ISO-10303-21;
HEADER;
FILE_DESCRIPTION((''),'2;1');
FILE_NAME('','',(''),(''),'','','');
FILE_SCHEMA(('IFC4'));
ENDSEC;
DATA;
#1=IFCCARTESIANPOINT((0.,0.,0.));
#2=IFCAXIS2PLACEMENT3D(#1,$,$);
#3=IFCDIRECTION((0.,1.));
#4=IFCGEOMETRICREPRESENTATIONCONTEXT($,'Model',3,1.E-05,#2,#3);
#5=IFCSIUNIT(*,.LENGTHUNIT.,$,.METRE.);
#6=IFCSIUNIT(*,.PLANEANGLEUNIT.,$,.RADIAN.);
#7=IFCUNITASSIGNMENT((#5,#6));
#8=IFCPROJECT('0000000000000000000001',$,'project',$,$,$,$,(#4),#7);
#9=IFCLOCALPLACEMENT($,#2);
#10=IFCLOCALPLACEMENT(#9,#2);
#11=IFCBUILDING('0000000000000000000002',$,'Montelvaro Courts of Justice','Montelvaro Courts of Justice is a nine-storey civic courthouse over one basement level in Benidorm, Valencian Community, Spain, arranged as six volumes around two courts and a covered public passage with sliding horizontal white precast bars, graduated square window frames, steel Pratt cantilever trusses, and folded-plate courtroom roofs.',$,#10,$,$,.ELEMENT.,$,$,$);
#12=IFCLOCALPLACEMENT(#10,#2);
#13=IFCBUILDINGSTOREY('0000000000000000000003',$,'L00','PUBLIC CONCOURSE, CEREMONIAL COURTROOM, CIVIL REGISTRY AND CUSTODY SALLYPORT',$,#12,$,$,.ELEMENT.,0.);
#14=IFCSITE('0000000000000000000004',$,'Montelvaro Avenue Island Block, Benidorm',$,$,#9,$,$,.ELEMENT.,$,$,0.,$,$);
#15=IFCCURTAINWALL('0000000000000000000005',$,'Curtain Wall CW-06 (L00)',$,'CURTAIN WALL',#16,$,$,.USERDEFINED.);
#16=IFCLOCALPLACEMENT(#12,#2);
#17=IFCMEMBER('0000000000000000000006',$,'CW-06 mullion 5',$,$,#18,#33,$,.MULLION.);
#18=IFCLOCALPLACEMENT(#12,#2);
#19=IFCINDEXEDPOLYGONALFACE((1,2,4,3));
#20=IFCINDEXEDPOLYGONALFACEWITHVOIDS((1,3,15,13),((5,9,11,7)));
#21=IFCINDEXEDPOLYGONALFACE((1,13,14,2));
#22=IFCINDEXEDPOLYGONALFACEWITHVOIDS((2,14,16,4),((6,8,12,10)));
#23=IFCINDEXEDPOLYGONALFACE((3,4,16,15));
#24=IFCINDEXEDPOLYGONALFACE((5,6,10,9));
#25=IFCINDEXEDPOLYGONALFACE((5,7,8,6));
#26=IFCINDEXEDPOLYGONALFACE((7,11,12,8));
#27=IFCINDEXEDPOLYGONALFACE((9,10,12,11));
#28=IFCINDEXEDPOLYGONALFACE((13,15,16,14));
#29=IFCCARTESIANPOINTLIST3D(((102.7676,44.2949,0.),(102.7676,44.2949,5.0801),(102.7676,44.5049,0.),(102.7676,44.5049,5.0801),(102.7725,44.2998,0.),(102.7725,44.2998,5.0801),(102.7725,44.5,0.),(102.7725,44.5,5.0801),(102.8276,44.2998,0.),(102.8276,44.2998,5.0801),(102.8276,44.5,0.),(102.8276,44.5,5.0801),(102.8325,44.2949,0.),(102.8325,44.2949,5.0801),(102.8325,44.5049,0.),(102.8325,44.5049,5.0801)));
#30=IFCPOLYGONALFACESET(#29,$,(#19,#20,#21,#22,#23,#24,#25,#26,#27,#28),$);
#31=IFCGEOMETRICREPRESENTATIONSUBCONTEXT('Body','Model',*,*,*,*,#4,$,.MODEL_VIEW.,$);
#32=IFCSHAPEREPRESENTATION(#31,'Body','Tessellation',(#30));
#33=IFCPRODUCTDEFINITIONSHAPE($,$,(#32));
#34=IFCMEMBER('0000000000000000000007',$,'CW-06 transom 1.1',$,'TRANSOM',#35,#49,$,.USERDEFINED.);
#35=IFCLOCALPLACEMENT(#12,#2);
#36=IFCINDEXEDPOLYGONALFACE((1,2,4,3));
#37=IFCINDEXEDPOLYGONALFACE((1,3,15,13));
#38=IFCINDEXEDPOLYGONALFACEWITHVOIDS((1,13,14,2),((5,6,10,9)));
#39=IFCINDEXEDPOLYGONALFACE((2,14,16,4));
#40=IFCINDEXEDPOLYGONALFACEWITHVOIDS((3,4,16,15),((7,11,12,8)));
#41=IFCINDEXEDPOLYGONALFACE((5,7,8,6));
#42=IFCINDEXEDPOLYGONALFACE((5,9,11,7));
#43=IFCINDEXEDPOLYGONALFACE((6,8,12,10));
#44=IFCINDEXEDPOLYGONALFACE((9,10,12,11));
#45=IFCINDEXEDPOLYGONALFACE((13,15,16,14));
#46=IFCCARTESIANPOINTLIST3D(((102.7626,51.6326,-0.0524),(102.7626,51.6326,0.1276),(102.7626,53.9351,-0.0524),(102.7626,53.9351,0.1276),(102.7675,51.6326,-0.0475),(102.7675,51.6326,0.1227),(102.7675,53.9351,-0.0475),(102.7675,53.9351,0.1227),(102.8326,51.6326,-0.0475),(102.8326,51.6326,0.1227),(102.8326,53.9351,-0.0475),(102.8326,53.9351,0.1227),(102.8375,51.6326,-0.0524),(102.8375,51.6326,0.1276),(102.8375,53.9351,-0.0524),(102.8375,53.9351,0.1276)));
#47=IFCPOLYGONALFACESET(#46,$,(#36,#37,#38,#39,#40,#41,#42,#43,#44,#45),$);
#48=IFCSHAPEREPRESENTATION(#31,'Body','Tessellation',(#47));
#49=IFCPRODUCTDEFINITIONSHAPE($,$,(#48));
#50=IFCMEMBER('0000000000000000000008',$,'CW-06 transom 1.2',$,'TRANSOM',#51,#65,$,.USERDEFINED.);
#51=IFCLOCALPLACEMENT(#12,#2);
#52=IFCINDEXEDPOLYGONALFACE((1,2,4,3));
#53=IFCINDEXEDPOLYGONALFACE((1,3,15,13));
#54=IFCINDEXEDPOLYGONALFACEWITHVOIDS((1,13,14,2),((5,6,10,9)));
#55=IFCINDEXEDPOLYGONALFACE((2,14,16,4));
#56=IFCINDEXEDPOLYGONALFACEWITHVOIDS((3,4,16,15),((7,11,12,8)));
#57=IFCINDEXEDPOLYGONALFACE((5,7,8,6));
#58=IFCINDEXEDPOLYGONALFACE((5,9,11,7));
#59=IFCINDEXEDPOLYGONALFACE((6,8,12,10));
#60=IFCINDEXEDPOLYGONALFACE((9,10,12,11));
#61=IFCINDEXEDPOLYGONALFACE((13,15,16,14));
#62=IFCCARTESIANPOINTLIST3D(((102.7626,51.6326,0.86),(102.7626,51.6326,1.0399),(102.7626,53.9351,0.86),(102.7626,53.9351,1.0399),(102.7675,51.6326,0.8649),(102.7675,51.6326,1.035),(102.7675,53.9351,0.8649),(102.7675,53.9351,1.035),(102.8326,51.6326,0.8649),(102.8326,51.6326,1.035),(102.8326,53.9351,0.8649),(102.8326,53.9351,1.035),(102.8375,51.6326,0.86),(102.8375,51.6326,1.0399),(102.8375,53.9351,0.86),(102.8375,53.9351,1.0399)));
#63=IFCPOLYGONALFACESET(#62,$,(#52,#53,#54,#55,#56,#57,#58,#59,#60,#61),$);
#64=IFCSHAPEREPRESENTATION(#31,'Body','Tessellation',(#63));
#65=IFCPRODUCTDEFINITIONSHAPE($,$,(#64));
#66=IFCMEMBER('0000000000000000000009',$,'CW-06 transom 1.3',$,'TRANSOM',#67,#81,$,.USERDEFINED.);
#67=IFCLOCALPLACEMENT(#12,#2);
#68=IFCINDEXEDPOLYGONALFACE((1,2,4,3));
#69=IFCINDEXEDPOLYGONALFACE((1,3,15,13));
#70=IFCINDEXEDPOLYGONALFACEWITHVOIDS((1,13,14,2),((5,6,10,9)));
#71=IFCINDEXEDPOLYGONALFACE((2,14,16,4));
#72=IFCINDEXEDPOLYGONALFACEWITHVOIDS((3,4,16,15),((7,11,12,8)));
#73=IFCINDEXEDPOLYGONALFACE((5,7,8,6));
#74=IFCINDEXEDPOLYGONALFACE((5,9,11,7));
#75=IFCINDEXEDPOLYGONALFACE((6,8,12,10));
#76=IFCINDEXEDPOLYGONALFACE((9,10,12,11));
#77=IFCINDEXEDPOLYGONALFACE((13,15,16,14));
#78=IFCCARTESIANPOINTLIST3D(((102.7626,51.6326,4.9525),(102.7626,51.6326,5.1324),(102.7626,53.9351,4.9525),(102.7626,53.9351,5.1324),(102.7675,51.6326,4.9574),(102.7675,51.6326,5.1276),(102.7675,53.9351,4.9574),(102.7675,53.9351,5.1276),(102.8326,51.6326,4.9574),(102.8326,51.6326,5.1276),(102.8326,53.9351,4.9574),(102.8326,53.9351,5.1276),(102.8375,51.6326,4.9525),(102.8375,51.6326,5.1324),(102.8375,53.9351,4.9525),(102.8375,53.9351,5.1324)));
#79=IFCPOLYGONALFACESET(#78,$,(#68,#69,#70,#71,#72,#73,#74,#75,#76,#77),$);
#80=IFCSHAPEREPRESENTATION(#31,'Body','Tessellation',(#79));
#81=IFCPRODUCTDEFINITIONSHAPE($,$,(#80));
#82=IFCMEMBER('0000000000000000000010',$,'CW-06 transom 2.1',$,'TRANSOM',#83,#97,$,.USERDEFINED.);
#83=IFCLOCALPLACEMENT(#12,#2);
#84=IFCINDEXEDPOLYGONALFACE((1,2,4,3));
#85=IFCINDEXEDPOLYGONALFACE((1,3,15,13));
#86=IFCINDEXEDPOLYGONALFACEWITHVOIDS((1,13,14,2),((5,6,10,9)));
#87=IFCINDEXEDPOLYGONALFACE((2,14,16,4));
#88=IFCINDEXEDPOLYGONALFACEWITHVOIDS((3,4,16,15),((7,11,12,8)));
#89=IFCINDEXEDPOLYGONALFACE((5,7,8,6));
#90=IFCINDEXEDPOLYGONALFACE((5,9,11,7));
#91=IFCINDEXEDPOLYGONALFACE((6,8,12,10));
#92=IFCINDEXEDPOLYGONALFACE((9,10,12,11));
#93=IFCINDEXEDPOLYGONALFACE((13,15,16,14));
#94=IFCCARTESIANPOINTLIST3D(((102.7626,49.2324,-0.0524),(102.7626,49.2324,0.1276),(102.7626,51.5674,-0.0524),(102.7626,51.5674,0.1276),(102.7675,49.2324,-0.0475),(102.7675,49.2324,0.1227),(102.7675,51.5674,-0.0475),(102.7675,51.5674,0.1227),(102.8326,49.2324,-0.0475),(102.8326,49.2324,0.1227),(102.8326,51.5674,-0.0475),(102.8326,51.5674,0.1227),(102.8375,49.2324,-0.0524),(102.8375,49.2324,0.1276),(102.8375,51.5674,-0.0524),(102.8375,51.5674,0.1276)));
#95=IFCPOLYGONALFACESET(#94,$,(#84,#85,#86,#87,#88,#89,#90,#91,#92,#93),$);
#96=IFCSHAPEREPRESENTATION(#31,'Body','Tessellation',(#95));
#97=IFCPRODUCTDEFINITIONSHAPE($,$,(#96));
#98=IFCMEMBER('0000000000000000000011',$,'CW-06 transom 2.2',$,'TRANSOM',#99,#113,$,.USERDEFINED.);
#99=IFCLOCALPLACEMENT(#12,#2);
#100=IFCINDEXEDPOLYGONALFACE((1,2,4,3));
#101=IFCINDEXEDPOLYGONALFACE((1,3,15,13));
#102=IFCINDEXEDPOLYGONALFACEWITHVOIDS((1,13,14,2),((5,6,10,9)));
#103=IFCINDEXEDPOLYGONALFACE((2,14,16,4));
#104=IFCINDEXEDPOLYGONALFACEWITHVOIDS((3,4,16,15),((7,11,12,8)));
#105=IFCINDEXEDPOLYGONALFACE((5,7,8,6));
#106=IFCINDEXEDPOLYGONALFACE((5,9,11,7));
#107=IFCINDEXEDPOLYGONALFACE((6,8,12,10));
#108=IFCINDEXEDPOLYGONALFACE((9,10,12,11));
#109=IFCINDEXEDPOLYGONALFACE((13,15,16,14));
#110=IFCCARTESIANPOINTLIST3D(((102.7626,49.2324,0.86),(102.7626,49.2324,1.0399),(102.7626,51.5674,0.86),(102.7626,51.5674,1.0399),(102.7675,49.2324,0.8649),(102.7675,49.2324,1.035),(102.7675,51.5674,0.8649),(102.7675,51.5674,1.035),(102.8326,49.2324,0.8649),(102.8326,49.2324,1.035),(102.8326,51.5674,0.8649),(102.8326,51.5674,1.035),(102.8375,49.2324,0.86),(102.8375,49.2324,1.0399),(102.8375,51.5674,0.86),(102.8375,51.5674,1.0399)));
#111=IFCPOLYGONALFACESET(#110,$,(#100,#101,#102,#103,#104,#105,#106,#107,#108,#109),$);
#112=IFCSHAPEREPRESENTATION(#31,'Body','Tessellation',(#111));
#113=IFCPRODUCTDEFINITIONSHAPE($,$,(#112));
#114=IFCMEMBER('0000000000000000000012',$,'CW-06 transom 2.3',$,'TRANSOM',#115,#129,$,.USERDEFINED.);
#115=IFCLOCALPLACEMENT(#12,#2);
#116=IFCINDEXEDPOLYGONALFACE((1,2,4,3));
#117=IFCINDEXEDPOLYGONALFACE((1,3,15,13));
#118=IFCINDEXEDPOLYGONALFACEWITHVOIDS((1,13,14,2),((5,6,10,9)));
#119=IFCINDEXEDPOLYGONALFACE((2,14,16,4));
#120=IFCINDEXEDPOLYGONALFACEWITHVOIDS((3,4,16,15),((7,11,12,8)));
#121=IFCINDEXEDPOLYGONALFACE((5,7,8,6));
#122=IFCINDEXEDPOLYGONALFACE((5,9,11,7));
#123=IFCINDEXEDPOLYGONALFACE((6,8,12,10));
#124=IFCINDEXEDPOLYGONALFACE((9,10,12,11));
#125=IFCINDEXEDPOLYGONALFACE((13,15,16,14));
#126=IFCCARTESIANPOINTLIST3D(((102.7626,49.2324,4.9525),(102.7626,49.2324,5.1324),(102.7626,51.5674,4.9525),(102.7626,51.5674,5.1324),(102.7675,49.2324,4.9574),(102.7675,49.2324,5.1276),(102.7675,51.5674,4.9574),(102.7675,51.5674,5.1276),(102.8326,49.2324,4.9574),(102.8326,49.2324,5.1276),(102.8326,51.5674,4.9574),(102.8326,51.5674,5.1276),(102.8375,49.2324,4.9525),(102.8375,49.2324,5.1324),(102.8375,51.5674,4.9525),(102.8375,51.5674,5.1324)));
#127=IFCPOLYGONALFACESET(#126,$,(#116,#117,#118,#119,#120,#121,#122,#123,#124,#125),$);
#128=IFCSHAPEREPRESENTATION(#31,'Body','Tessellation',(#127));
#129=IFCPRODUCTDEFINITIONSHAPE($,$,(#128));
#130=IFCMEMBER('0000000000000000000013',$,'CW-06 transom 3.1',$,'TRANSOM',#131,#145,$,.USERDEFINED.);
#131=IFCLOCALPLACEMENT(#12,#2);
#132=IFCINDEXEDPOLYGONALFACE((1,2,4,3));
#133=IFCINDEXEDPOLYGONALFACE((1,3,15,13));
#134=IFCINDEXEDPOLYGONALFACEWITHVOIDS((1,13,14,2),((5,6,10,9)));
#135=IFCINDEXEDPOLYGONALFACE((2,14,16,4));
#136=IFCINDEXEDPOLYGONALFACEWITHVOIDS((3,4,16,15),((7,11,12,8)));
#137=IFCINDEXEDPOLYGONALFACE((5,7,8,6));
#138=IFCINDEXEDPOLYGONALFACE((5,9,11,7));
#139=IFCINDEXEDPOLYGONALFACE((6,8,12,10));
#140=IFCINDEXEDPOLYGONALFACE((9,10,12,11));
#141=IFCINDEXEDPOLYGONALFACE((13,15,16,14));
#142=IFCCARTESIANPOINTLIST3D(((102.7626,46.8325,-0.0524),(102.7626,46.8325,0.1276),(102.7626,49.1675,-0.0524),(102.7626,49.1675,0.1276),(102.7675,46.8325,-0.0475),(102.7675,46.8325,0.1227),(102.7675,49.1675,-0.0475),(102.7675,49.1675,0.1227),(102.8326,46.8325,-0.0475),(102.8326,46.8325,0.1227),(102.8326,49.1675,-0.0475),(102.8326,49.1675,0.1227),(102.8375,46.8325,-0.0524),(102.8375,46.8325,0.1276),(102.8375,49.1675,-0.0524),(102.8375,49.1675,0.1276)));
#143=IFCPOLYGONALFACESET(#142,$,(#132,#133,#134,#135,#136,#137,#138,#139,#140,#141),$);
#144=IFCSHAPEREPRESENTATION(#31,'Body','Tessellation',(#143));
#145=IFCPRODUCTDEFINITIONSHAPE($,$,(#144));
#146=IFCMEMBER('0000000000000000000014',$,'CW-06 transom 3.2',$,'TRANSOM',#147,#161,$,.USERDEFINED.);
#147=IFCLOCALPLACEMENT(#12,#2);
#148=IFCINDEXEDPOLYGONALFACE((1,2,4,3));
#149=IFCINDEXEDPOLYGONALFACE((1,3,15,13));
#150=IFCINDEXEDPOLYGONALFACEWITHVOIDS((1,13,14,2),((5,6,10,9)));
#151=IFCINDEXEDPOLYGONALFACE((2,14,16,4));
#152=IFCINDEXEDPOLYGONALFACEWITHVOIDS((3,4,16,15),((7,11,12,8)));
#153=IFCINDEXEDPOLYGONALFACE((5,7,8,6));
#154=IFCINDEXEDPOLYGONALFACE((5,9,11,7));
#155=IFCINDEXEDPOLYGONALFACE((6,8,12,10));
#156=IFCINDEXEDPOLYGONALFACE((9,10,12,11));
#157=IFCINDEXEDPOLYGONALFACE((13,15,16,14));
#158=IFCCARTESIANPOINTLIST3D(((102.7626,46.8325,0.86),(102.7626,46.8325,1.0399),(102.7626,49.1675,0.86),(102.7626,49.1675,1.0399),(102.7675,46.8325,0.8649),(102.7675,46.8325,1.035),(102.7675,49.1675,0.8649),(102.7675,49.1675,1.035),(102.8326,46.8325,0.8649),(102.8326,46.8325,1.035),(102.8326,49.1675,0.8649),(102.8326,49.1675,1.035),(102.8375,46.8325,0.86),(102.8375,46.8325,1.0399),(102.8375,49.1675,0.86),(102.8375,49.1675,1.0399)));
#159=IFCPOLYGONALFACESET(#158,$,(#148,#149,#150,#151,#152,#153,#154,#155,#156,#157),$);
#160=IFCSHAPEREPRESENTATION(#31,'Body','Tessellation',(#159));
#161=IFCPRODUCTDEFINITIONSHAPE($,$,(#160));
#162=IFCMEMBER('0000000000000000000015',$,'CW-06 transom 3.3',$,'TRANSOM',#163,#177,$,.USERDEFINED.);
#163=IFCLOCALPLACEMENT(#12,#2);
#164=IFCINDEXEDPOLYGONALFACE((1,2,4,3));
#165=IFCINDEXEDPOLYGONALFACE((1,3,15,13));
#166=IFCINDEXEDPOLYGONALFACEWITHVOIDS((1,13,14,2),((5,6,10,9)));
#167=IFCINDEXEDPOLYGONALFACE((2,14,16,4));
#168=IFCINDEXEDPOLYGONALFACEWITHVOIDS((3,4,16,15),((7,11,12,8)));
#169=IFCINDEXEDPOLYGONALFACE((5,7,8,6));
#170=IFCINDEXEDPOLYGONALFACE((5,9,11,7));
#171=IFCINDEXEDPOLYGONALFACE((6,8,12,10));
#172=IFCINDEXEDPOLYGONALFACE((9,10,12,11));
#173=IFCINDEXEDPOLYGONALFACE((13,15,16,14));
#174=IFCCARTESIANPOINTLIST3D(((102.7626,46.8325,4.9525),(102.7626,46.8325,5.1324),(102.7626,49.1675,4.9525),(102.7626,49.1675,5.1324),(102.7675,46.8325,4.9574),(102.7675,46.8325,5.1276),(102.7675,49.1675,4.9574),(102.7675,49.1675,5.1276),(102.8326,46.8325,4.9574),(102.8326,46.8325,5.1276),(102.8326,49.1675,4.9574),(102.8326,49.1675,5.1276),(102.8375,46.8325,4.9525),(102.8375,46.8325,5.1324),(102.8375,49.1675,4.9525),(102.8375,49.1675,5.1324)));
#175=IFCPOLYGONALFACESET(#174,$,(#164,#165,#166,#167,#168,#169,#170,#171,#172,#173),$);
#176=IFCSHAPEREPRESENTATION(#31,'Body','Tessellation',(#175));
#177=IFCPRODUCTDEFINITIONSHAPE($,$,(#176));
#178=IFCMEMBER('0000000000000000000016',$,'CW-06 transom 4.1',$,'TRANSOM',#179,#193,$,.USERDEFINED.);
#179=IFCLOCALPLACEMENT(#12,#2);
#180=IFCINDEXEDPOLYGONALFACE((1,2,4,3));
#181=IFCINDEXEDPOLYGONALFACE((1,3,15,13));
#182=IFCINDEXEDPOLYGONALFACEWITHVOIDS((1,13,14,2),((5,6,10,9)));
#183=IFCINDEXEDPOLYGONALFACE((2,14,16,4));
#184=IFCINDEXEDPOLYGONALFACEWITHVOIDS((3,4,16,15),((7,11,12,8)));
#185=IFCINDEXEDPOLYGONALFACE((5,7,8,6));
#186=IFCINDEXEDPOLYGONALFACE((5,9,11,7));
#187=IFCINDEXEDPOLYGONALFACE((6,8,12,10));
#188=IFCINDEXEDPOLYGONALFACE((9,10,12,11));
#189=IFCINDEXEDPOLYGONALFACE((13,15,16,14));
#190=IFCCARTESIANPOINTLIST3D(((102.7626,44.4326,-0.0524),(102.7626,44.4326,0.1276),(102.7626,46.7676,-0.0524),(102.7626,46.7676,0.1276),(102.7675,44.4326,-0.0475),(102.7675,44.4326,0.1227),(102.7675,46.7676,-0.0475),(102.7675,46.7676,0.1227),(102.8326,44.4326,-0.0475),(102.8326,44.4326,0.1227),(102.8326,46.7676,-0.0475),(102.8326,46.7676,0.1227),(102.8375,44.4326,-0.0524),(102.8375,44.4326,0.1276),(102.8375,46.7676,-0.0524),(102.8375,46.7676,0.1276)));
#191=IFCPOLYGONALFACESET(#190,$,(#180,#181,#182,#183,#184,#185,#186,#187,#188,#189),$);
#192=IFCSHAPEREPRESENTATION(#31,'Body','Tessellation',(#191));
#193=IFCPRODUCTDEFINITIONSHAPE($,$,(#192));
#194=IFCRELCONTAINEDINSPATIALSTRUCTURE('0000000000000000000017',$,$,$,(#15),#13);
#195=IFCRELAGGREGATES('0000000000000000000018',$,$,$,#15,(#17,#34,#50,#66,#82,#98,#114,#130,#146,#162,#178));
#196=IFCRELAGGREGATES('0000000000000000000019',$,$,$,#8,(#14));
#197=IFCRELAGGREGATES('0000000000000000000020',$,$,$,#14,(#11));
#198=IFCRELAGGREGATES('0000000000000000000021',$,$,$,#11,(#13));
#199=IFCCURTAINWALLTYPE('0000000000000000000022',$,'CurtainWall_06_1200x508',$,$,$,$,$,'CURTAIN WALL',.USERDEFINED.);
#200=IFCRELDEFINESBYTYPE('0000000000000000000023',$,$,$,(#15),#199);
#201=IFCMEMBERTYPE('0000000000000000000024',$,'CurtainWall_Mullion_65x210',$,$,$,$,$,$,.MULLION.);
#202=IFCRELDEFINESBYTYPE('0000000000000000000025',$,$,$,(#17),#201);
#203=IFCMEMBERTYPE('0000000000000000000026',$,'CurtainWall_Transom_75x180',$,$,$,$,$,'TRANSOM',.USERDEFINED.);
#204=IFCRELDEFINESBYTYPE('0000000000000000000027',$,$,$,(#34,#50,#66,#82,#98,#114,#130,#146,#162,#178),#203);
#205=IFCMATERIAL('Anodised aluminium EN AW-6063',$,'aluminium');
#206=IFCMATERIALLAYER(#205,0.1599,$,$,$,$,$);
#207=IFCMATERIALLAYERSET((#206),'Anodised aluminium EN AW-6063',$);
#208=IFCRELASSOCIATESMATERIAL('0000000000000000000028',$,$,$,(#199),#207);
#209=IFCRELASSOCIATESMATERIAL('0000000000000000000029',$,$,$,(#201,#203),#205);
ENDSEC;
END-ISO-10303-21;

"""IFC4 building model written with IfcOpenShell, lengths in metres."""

from ifc_helpers import new_model, si_unit, direction, frame, origin, origin_2d, place, context, subcontext, project, spatial, hollow_rectangle, extrude, material, layer, layer_set, material_profile, profile_set, type_object, element, aggregate, save


model = new_model("IFC4")

# Units and contexts
model_context = context("Model", 3, precision=1e-05, world=origin(), true_north=direction((0.0, 1.0)))
body_context = subcontext(model_context, "Body", "Model", "MODEL_VIEW")
ifc_project = project(units=[si_unit("LENGTHUNIT", "METRE"), si_unit("PLANEANGLEUNIT", "RADIAN")], contexts=[model_context])

# Site, building, storey
site_placement = place(None, origin())
site = spatial("IfcSite", under=ifc_project, at=site_placement, Name="Montelvaro Avenue Island Block, Benidorm", CompositionType="ELEMENT", RefElevation=0.0)
building_placement = place(site_placement, origin())
building = spatial("IfcBuilding", under=site, at=building_placement, Name="Montelvaro Courts of Justice", Description="Montelvaro Courts of Justice is a nine-storey civic courthouse over one basement level in Benidorm, Valencian Community, Spain, arranged as six volumes around two courts and a covered public passage with sliding horizontal white precast bars, graduated square window frames, steel Pratt cantilever trusses, and folded-plate courtroom roofs.", CompositionType="ELEMENT")
storey_placement = place(building_placement, origin())
storey = spatial("IfcBuildingStorey", under=building, at=storey_placement, Name="L00", Description="PUBLIC CONCOURSE, CEREMONIAL COURTROOM, CIVIL REGISTRY AND CUSTODY SALLYPORT", CompositionType="ELEMENT", Elevation=0.0)

# Curtain wall, members
ifc_material_1 = material(Name="Anodised aluminium EN AW-6063", Category="aluminium")
ifc_layer_1 = layer(ifc_material_1, 0.1599)
ifc_layer_set_1 = layer_set([ifc_layer_1], Name="Anodised aluminium EN AW-6063")
curtain_wall_type = type_object("IfcCurtainWallType", Name="CurtainWall_06_1200x508", ElementType="CURTAIN WALL", PredefinedType="USERDEFINED", material=ifc_layer_set_1)
curtain_wall_placement = place(storey_placement, origin())
curtain_wall = element("IfcCurtainWall", 1, at=curtain_wall_placement, inside=storey, type_object=curtain_wall_type, Name="Curtain Wall CW-06 (L00)", ObjectType="CURTAIN WALL", PredefinedType="USERDEFINED")
ifc_material_profile_1 = material_profile(ifc_material_1, hollow_rectangle(XDim=0.0649, YDim=0.21, WallThickness=0.0049, at=origin_2d()), Name="ALU-M 65x210")
ifc_profile_set_1 = profile_set([ifc_material_profile_1], Name="Anodised aluminium EN AW-6063")
member_type_1 = type_object("IfcMemberType", Name="CurtainWall_Mullion_65x210", PredefinedType="MULLION", material=ifc_profile_set_1)
member_1_placement = place(storey_placement, frame((102.8, 44.3999, 0.0), z_axis=(0.0, 0.0, 1.0), x_axis=(1.0, 0.0, 0.0)))
member_1 = element("IfcMember", 2, at=member_1_placement, type_object=member_type_1, Name="CW-06 mullion 5", PredefinedType="MULLION", context=body_context, shape_type="SweptSolid", body=[
    extrude(hollow_rectangle(XDim=0.0649, YDim=0.21, WallThickness=0.0049, at=origin_2d()), origin(), (0.0, 0.0, 1.0), 5.0801),
])
ifc_material_profile_2 = material_profile(ifc_material_1, hollow_rectangle(XDim=0.075, YDim=0.1799, WallThickness=0.0049, at=origin_2d()), Name="ALU-T 75x180")
ifc_profile_set_2 = profile_set([ifc_material_profile_2], Name="Anodised aluminium EN AW-6063")
member_type_2 = type_object("IfcMemberType", Name="CurtainWall_Transom_75x180", ElementType="TRANSOM", PredefinedType="USERDEFINED", material=ifc_profile_set_2)
member_2_placement = place(storey_placement, frame((102.8, 53.9351, 0.0376), z_axis=(0.0, -1.0, 0.0), x_axis=(1.0, 0.0, 0.0)))
member_2 = element("IfcMember", 3, at=member_2_placement, type_object=member_type_2, Name="CW-06 transom 1.1", ObjectType="TRANSOM", PredefinedType="USERDEFINED", context=body_context, shape_type="SweptSolid", body=[
    extrude(hollow_rectangle(XDim=0.075, YDim=0.1799, WallThickness=0.0049, at=origin_2d()), origin(), (0.0, 0.0, 1.0), 2.3025),
])
member_3_placement = place(storey_placement, frame((102.8, 53.9351, 0.95), z_axis=(0.0, -1.0, 0.0), x_axis=(1.0, 0.0, 0.0)))
member_3 = element("IfcMember", 4, at=member_3_placement, type_object=member_type_2, Name="CW-06 transom 1.2", ObjectType="TRANSOM", PredefinedType="USERDEFINED", context=body_context, shape_type="SweptSolid", body=[
    extrude(hollow_rectangle(XDim=0.075, YDim=0.1799, WallThickness=0.0049, at=origin_2d()), origin(), (0.0, 0.0, 1.0), 2.3025),
])
member_4_placement = place(storey_placement, frame((102.8, 53.9351, 5.0425), z_axis=(0.0, -1.0, 0.0), x_axis=(1.0, 0.0, 0.0)))
member_4 = element("IfcMember", 5, at=member_4_placement, type_object=member_type_2, Name="CW-06 transom 1.3", ObjectType="TRANSOM", PredefinedType="USERDEFINED", context=body_context, shape_type="SweptSolid", body=[
    extrude(hollow_rectangle(XDim=0.075, YDim=0.1799, WallThickness=0.0049, at=origin_2d()), origin(), (0.0, 0.0, 1.0), 2.3025),
])
member_5_placement = place(storey_placement, frame((102.8, 51.5674, 0.0376), z_axis=(0.0, -1.0, 0.0), x_axis=(1.0, 0.0, 0.0)))
member_5 = element("IfcMember", 6, at=member_5_placement, type_object=member_type_2, Name="CW-06 transom 2.1", ObjectType="TRANSOM", PredefinedType="USERDEFINED", context=body_context, shape_type="SweptSolid", body=[
    extrude(hollow_rectangle(XDim=0.075, YDim=0.1799, WallThickness=0.0049, at=origin_2d()), origin(), (0.0, 0.0, 1.0), 2.335),
])
member_6_placement = place(storey_placement, frame((102.8, 51.5674, 0.95), z_axis=(0.0, -1.0, 0.0), x_axis=(1.0, 0.0, 0.0)))
member_6 = element("IfcMember", 7, at=member_6_placement, type_object=member_type_2, Name="CW-06 transom 2.2", ObjectType="TRANSOM", PredefinedType="USERDEFINED", context=body_context, shape_type="SweptSolid", body=[
    extrude(hollow_rectangle(XDim=0.075, YDim=0.1799, WallThickness=0.0049, at=origin_2d()), origin(), (0.0, 0.0, 1.0), 2.335),
])
member_7_placement = place(storey_placement, frame((102.8, 51.5674, 5.0425), z_axis=(0.0, -1.0, 0.0), x_axis=(1.0, 0.0, 0.0)))
member_7 = element("IfcMember", 8, at=member_7_placement, type_object=member_type_2, Name="CW-06 transom 2.3", ObjectType="TRANSOM", PredefinedType="USERDEFINED", context=body_context, shape_type="SweptSolid", body=[
    extrude(hollow_rectangle(XDim=0.075, YDim=0.1799, WallThickness=0.0049, at=origin_2d()), origin(), (0.0, 0.0, 1.0), 2.335),
])
member_8_placement = place(storey_placement, frame((102.8, 49.1675, 0.0376), z_axis=(0.0, -1.0, 0.0), x_axis=(1.0, 0.0, 0.0)))
member_8 = element("IfcMember", 9, at=member_8_placement, type_object=member_type_2, Name="CW-06 transom 3.1", ObjectType="TRANSOM", PredefinedType="USERDEFINED", context=body_context, shape_type="SweptSolid", body=[
    extrude(hollow_rectangle(XDim=0.075, YDim=0.1799, WallThickness=0.0049, at=origin_2d()), origin(), (0.0, 0.0, 1.0), 2.335),
])
member_9_placement = place(storey_placement, frame((102.8, 49.1675, 0.95), z_axis=(0.0, -1.0, 0.0), x_axis=(1.0, 0.0, 0.0)))
member_9 = element("IfcMember", 10, at=member_9_placement, type_object=member_type_2, Name="CW-06 transom 3.2", ObjectType="TRANSOM", PredefinedType="USERDEFINED", context=body_context, shape_type="SweptSolid", body=[
    extrude(hollow_rectangle(XDim=0.075, YDim=0.1799, WallThickness=0.0049, at=origin_2d()), origin(), (0.0, 0.0, 1.0), 2.335),
])
member_10_placement = place(storey_placement, frame((102.8, 49.1675, 5.0425), z_axis=(0.0, -1.0, 0.0), x_axis=(1.0, 0.0, 0.0)))
member_10 = element("IfcMember", 11, at=member_10_placement, type_object=member_type_2, Name="CW-06 transom 3.3", ObjectType="TRANSOM", PredefinedType="USERDEFINED", context=body_context, shape_type="SweptSolid", body=[
    extrude(hollow_rectangle(XDim=0.075, YDim=0.1799, WallThickness=0.0049, at=origin_2d()), origin(), (0.0, 0.0, 1.0), 2.335),
])
member_11_placement = place(storey_placement, frame((102.8, 46.7676, 0.0376), z_axis=(0.0, -1.0, 0.0), x_axis=(1.0, 0.0, 0.0)))
member_11 = element("IfcMember", 12, at=member_11_placement, type_object=member_type_2, Name="CW-06 transom 4.1", ObjectType="TRANSOM", PredefinedType="USERDEFINED", context=body_context, shape_type="SweptSolid", body=[
    extrude(hollow_rectangle(XDim=0.075, YDim=0.1799, WallThickness=0.0049, at=origin_2d()), origin(), (0.0, 0.0, 1.0), 2.335),
])
aggregate(curtain_wall, [member_1, member_2, member_3, member_4, member_5, member_6, member_7, member_8, member_9, member_10, member_11])

save(model, "model.ifc")
